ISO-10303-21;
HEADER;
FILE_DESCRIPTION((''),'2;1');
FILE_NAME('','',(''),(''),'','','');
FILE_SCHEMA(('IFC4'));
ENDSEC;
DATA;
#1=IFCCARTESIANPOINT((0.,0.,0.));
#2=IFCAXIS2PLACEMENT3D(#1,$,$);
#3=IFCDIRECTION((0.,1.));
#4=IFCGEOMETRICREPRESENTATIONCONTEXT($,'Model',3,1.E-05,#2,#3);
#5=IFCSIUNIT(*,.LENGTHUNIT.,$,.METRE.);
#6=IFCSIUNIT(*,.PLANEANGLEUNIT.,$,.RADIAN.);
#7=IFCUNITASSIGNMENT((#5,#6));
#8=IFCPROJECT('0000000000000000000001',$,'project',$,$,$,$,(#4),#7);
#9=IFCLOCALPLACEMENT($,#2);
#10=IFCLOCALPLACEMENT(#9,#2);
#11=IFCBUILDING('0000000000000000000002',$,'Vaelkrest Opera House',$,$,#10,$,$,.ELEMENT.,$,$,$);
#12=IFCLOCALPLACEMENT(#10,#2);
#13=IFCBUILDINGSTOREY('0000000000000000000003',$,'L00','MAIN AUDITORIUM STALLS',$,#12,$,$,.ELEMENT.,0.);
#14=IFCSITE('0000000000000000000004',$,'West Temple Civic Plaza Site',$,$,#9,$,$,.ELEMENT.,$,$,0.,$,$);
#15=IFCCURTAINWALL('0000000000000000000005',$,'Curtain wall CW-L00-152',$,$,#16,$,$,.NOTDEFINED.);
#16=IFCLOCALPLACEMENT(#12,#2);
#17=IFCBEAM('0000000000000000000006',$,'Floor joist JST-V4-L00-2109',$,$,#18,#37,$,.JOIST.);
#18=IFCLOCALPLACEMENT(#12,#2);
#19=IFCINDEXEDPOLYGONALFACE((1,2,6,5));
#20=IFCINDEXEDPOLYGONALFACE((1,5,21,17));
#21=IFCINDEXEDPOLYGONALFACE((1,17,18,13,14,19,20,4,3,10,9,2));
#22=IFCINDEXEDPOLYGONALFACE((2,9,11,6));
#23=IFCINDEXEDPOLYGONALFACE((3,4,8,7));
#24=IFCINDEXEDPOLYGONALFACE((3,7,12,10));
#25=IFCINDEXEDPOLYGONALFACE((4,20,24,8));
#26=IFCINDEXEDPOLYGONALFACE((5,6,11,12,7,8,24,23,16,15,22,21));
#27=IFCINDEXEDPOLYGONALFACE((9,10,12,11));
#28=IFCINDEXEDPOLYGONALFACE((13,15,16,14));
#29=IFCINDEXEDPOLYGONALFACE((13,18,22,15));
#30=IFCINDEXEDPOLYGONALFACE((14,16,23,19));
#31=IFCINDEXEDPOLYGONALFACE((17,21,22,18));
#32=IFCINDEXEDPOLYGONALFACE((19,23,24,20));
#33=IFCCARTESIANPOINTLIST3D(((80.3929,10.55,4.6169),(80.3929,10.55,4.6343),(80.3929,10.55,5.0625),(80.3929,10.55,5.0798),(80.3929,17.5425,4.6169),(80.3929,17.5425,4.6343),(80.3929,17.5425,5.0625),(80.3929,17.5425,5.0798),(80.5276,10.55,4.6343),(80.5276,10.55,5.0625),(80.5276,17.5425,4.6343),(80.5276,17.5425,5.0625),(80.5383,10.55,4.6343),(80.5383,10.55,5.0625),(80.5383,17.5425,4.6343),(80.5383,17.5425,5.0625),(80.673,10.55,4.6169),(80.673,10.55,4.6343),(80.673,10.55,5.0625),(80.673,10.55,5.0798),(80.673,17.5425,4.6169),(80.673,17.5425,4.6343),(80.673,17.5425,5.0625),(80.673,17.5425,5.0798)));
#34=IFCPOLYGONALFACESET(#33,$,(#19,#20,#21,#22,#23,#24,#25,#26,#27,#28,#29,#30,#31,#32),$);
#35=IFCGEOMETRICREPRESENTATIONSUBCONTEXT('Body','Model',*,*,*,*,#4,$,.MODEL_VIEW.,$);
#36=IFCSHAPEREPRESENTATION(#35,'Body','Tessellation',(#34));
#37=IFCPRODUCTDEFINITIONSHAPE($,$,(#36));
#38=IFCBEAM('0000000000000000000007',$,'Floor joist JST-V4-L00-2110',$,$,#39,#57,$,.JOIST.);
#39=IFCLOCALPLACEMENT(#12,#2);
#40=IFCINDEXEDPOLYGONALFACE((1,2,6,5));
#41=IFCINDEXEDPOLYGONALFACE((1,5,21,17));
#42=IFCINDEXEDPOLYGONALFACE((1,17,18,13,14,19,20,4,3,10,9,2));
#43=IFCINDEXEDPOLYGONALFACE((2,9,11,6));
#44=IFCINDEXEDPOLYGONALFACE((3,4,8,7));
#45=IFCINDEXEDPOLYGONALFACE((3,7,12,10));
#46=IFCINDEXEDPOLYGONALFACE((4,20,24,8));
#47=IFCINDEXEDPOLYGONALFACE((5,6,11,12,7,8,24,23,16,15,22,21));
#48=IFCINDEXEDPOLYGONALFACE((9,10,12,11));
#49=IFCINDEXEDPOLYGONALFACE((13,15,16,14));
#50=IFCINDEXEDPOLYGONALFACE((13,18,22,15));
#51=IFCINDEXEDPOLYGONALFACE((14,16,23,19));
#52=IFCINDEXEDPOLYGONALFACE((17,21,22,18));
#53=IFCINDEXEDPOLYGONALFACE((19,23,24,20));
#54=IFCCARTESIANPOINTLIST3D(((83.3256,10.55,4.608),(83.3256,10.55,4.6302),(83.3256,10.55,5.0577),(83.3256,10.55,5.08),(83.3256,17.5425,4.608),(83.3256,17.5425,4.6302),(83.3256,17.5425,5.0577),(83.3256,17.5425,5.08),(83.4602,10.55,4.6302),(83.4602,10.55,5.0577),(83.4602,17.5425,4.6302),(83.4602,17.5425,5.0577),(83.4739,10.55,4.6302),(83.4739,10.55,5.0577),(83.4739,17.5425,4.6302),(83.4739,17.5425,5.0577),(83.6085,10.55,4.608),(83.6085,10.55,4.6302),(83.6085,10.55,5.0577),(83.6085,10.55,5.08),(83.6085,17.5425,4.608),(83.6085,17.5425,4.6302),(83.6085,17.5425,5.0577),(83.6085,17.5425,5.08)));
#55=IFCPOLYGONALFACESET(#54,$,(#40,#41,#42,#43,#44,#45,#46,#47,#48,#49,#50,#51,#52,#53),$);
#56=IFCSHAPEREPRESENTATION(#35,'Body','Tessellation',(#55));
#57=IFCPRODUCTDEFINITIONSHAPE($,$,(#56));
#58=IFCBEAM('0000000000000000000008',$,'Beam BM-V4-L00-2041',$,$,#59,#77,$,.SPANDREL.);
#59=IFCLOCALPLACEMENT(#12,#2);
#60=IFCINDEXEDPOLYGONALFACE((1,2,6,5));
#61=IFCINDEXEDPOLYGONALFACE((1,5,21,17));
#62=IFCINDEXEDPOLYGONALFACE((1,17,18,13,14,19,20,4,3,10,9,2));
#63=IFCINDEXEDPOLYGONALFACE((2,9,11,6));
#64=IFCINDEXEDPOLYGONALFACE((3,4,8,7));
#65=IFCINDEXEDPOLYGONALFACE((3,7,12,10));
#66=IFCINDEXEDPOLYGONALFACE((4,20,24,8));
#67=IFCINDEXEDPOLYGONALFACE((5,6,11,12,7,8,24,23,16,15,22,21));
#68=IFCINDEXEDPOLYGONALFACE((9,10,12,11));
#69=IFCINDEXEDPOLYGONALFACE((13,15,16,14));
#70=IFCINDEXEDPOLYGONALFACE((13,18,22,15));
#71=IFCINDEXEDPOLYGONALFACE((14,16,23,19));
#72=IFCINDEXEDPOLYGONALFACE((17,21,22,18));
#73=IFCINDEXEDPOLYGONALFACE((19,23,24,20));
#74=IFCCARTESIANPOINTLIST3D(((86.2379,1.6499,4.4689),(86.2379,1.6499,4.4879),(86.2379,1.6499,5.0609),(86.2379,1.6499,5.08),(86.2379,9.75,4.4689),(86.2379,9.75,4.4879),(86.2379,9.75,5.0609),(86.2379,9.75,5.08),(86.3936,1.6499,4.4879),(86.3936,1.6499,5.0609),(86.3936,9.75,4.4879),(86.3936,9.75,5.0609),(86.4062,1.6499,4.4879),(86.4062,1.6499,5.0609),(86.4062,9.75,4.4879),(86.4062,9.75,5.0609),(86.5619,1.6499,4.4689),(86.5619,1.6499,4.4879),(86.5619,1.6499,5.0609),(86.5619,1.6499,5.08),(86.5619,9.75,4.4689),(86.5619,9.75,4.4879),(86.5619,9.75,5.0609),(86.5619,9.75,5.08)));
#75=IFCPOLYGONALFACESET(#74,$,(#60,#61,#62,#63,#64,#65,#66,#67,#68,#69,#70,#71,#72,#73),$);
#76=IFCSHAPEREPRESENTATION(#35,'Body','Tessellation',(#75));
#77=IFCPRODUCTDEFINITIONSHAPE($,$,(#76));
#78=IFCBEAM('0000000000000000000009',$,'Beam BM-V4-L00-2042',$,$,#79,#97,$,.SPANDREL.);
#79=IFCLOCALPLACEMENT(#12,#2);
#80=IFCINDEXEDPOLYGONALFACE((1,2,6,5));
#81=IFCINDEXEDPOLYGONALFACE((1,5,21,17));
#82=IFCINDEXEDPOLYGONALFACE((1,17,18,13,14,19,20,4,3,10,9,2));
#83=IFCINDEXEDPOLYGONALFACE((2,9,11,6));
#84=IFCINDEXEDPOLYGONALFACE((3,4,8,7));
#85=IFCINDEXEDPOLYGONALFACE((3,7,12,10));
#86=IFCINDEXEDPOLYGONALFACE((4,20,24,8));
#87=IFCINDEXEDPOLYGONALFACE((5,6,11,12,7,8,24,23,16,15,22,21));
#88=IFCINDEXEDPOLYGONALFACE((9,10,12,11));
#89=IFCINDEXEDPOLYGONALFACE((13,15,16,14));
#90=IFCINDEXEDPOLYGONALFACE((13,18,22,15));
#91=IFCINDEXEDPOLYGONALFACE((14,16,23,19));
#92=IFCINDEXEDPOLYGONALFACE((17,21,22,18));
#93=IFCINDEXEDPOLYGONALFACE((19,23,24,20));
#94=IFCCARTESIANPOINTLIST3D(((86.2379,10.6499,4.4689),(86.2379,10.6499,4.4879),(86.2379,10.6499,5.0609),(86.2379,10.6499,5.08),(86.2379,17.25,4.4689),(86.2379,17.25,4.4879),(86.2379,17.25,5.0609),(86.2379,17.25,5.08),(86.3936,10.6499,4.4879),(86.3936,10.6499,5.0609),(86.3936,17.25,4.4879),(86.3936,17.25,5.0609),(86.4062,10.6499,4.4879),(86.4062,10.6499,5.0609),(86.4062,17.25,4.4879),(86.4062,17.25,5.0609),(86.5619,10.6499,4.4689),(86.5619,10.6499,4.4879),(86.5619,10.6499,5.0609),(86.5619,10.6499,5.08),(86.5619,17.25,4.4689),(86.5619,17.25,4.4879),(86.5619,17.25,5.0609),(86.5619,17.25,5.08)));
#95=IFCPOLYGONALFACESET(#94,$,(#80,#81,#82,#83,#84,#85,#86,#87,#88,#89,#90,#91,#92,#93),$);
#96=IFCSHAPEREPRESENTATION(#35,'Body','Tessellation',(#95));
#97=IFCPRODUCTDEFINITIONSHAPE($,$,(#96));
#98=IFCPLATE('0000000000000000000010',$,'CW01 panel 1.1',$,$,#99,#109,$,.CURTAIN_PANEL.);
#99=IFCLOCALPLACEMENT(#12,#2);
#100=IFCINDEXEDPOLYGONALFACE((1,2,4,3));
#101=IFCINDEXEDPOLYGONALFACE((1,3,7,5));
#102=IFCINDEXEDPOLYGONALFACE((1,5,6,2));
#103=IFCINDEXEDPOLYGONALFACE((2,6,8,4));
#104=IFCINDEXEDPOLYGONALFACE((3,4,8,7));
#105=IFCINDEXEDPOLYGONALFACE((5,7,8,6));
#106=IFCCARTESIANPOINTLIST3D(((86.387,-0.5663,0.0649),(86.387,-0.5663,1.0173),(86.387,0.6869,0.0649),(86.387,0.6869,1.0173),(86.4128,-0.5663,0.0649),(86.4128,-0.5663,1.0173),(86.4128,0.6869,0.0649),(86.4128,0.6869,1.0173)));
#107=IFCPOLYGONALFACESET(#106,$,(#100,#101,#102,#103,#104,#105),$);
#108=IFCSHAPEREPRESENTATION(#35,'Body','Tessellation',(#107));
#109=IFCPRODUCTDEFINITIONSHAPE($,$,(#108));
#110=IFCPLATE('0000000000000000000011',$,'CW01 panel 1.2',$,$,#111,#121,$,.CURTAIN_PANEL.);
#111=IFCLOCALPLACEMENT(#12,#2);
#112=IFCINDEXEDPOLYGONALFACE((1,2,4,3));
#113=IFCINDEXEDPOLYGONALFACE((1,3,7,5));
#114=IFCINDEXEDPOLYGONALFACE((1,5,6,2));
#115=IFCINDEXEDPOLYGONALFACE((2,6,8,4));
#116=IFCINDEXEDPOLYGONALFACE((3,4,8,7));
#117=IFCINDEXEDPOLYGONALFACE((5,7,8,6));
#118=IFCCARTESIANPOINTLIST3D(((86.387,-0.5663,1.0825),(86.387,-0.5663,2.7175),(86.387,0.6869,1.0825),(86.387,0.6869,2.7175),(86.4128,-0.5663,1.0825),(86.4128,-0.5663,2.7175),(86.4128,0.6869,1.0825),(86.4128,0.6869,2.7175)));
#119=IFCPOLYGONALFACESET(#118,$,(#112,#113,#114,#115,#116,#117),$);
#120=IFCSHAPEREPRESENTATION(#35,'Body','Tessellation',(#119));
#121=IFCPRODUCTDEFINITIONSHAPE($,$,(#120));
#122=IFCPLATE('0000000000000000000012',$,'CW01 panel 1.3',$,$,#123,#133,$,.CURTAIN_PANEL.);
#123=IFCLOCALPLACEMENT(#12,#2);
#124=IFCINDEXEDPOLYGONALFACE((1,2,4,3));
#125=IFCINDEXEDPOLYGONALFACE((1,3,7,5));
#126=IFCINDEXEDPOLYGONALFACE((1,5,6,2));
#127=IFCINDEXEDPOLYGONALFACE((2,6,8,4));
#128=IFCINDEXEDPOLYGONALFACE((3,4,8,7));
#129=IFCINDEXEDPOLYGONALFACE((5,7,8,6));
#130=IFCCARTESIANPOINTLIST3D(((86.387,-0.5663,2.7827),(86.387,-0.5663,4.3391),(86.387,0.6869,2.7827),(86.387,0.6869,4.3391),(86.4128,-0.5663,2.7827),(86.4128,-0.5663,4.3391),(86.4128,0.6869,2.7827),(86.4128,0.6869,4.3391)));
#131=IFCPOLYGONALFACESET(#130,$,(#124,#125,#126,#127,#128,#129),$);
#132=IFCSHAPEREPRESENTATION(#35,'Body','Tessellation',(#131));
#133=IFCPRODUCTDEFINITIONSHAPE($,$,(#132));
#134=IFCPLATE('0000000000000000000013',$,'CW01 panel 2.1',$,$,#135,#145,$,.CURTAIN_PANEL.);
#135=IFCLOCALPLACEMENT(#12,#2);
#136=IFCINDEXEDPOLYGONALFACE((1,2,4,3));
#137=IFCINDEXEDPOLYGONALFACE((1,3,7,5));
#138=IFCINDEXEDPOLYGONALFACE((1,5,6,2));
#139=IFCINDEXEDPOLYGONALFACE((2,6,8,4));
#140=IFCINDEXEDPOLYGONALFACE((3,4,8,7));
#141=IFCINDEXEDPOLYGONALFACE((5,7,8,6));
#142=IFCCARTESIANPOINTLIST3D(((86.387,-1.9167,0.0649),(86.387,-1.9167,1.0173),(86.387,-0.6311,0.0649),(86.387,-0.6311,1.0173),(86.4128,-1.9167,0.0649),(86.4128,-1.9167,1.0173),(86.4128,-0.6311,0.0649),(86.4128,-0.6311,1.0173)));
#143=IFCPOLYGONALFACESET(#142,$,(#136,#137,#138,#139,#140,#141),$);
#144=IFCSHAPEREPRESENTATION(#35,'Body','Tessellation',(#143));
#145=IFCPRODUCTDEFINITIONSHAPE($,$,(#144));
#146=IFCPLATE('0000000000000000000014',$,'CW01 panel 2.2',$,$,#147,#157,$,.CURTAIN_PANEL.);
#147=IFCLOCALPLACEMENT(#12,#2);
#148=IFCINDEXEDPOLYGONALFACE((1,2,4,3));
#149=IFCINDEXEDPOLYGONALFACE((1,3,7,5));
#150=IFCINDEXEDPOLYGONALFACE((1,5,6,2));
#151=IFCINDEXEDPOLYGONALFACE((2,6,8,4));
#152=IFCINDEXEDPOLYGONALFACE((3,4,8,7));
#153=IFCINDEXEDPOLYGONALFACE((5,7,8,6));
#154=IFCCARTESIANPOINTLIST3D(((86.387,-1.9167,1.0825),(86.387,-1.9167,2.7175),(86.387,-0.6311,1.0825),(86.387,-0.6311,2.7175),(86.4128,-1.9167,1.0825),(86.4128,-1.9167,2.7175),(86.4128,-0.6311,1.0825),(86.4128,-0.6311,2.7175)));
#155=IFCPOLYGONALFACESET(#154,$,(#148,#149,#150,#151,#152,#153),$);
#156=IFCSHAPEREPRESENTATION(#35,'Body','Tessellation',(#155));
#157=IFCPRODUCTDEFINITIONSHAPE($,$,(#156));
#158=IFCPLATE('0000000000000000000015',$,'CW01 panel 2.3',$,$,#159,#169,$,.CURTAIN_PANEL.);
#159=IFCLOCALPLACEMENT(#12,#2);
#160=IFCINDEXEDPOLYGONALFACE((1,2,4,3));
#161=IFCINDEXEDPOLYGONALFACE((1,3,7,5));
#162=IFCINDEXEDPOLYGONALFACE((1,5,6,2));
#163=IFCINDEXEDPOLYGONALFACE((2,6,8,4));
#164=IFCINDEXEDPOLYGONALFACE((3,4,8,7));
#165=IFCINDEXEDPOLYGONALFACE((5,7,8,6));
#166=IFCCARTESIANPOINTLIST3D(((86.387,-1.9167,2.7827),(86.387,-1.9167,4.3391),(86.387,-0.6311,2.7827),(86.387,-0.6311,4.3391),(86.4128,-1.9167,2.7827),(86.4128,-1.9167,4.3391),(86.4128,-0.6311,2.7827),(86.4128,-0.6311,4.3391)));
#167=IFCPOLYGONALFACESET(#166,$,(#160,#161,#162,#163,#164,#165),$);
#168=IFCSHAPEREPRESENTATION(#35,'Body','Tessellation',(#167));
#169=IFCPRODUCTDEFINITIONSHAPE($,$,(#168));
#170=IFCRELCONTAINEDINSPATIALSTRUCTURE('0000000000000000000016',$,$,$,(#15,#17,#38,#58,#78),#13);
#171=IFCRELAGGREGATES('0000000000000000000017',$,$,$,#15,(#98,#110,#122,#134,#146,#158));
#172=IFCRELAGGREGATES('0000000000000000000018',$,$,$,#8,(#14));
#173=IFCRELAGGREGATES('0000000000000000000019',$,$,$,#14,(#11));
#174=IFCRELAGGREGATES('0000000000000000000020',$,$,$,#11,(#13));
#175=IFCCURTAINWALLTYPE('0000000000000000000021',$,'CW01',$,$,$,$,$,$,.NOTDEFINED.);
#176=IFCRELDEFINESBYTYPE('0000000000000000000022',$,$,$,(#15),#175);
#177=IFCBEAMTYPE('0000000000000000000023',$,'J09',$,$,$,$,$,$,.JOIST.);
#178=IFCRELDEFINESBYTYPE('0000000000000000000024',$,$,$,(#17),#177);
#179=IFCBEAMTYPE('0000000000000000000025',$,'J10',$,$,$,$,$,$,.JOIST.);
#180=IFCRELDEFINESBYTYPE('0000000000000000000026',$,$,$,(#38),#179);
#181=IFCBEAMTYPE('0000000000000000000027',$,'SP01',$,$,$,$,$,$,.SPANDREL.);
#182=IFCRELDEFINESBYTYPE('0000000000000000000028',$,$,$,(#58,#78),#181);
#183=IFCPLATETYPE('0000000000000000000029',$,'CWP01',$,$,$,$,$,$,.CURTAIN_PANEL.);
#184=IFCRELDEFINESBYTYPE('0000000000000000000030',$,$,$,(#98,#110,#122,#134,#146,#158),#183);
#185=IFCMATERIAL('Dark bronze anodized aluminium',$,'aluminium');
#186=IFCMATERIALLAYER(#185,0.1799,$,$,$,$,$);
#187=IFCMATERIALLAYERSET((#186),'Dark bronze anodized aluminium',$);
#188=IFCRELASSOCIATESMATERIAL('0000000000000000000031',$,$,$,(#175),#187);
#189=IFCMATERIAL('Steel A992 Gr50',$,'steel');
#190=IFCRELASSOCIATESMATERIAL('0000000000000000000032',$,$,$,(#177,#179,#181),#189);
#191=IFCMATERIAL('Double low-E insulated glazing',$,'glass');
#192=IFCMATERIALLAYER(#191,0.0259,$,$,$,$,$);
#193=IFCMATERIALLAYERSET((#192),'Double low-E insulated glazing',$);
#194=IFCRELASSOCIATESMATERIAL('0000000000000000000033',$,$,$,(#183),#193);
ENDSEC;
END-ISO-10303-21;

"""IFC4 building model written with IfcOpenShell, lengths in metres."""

from ifc_helpers import new_model, si_unit, direction, frame, origin, origin_2d, place, context, subcontext, project, spatial, rectangle, i_section, extrude, material, layer, layer_set, material_profile, profile_set, type_object, element, aggregate, save


model = new_model("IFC4")

# Units and contexts
model_context = context("Model", 3, precision=1e-05, world=origin(), true_north=direction((0.0, 1.0)))
body_context = subcontext(model_context, "Body", "Model", "MODEL_VIEW")
ifc_project = project(units=[si_unit("LENGTHUNIT", "METRE"), si_unit("PLANEANGLEUNIT", "RADIAN")], contexts=[model_context])

# Site, building, storey
site_placement = place(None, origin())
site = spatial("IfcSite", under=ifc_project, at=site_placement, Name="West Temple Civic Plaza Site", CompositionType="ELEMENT", RefElevation=0.0)
building_placement = place(site_placement, origin())
building = spatial("IfcBuilding", under=site, at=building_placement, Name="Vaelkrest Opera House", CompositionType="ELEMENT")
storey_placement = place(building_placement, origin())
storey = spatial("IfcBuildingStorey", under=building, at=storey_placement, Name="L00", Description="MAIN AUDITORIUM STALLS", CompositionType="ELEMENT", Elevation=0.0)

# Shared definitions
ifc_material_1 = material(Name="Steel A992 Gr50", Category="steel")

# Curtain wall
ifc_material_2 = material(Name="Dark bronze anodized aluminium", Category="aluminium")
ifc_layer_1 = layer(ifc_material_2, 0.1799)
ifc_layer_set_1 = layer_set([ifc_layer_1], Name="Dark bronze anodized aluminium")
curtain_wall_type = type_object("IfcCurtainWallType", Name="CW01", PredefinedType="NOTDEFINED", material=ifc_layer_set_1)
curtain_wall_placement = place(storey_placement, origin())
curtain_wall = element("IfcCurtainWall", 1, at=curtain_wall_placement, inside=storey, type_object=curtain_wall_type, Name="Curtain wall CW-L00-152", PredefinedType="NOTDEFINED")

# Beams
ifc_material_profile_1 = material_profile(ifc_material_1, i_section(OverallWidth=0.28, OverallDepth=0.4629, WebThickness=0.0107, FlangeThickness=0.0173, at=origin_2d()), Name="W18X76")
ifc_profile_set_1 = profile_set([ifc_material_profile_1], Name="Steel A992 Gr50")
beam_type_1 = type_object("IfcBeamType", Name="J09", PredefinedType="JOIST", material=ifc_profile_set_1)
beam_1_placement = place(storey_placement, frame((80.533, 10.55, 4.8484), z_axis=(0.0, 1.0, 0.0), x_axis=(-1.0, 0.0, 0.0)))
element("IfcBeam", 2, at=beam_1_placement, inside=storey, type_object=beam_type_1, Name="Floor joist JST-V4-L00-2109", PredefinedType="JOIST", context=body_context, shape_type="SweptSolid", body=[
    extrude(i_section(OverallWidth=0.28, OverallDepth=0.4629, WebThickness=0.0107, FlangeThickness=0.0173, at=origin_2d()), origin(), (0.0, 0.0, 1.0), 6.9924),
])
ifc_material_profile_2 = material_profile(ifc_material_1, i_section(OverallWidth=0.283, OverallDepth=0.4719, WebThickness=0.0137, FlangeThickness=0.0222, at=origin_2d()), Name="W18X97")
ifc_profile_set_2 = profile_set([ifc_material_profile_2], Name="Steel A992 Gr50")
beam_type_2 = type_object("IfcBeamType", Name="J10", PredefinedType="JOIST", material=ifc_profile_set_2)
beam_2_placement = place(storey_placement, frame((83.467, 10.55, 4.844), z_axis=(0.0, 1.0, 0.0), x_axis=(-1.0, 0.0, 0.0)))
element("IfcBeam", 3, at=beam_2_placement, inside=storey, type_object=beam_type_2, Name="Floor joist JST-V4-L00-2110", PredefinedType="JOIST", context=body_context, shape_type="SweptSolid", body=[
    extrude(i_section(OverallWidth=0.283, OverallDepth=0.4719, WebThickness=0.0137, FlangeThickness=0.0222, at=origin_2d()), origin(), (0.0, 0.0, 1.0), 6.9924),
])
ifc_material_profile_3 = material_profile(ifc_material_1, i_section(OverallWidth=0.324, OverallDepth=0.6111, WebThickness=0.0127, FlangeThickness=0.019, at=origin_2d()), Name="W24X104")
ifc_profile_set_3 = profile_set([ifc_material_profile_3], Name="Steel A992 Gr50")
beam_type_3 = type_object("IfcBeamType", Name="SP01", PredefinedType="SPANDREL", material=ifc_profile_set_3)
beam_3_placement = place(storey_placement, frame((86.3999, 1.6499, 4.7744), z_axis=(0.0, 1.0, 0.0), x_axis=(-1.0, 0.0, 0.0)))
element("IfcBeam", 4, at=beam_3_placement, inside=storey, type_object=beam_type_3, Name="Beam BM-V4-L00-2041", PredefinedType="SPANDREL", context=body_context, shape_type="SweptSolid", body=[
    extrude(i_section(OverallWidth=0.324, OverallDepth=0.6111, WebThickness=0.0127, FlangeThickness=0.019, at=origin_2d()), origin(), (0.0, 0.0, 1.0), 8.1001),
])
beam_4_placement = place(storey_placement, frame((86.3999, 10.6499, 4.7744), z_axis=(0.0, 1.0, 0.0), x_axis=(-1.0, 0.0, 0.0)))
element("IfcBeam", 5, at=beam_4_placement, inside=storey, type_object=beam_type_3, Name="Beam BM-V4-L00-2042", PredefinedType="SPANDREL", context=body_context, shape_type="SweptSolid", body=[
    extrude(i_section(OverallWidth=0.324, OverallDepth=0.6111, WebThickness=0.0127, FlangeThickness=0.019, at=origin_2d()), origin(), (0.0, 0.0, 1.0), 6.6001),
])

# Plates
ifc_material_3 = material(Name="Double low-E insulated glazing", Category="glass")
ifc_layer_2 = layer(ifc_material_3, 0.0259)
ifc_layer_set_2 = layer_set([ifc_layer_2], Name="Double low-E insulated glazing")
plate_type = type_object("IfcPlateType", Name="CWP01", PredefinedType="CURTAIN_PANEL", material=ifc_layer_set_2)
plate_1_placement = place(storey_placement, frame((86.3999, 0.0603, 0.0649), z_axis=(0.0, 0.0, 1.0), x_axis=(0.0, -1.0, 0.0)))
plate_1 = element("IfcPlate", 6, at=plate_1_placement, type_object=plate_type, Name="CW01 panel 1.1", PredefinedType="CURTAIN_PANEL", context=body_context, shape_type="SweptSolid", body=[
    extrude(rectangle(XDim=1.2532, YDim=0.0259, at=origin_2d()), origin(), (0.0, 0.0, 1.0), 0.9524),
])
plate_2_placement = place(storey_placement, frame((86.3999, 0.0603, 1.0825), z_axis=(0.0, 0.0, 1.0), x_axis=(0.0, -1.0, 0.0)))
plate_2 = element("IfcPlate", 7, at=plate_2_placement, type_object=plate_type, Name="CW01 panel 1.2", PredefinedType="CURTAIN_PANEL", context=body_context, shape_type="SweptSolid", body=[
    extrude(rectangle(XDim=1.2532, YDim=0.0259, at=origin_2d()), origin(), (0.0, 0.0, 1.0), 1.635),
])
plate_3_placement = place(storey_placement, frame((86.3999, 0.0603, 2.7827), z_axis=(0.0, 0.0, 1.0), x_axis=(0.0, -1.0, 0.0)))
plate_3 = element("IfcPlate", 8, at=plate_3_placement, type_object=plate_type, Name="CW01 panel 1.3", PredefinedType="CURTAIN_PANEL", context=body_context, shape_type="SweptSolid", body=[
    extrude(rectangle(XDim=1.2532, YDim=0.0259, at=origin_2d()), origin(), (0.0, 0.0, 1.0), 1.5564),
])
plate_4_placement = place(storey_placement, frame((86.3999, -1.2739, 0.0649), z_axis=(0.0, 0.0, 1.0), x_axis=(0.0, -1.0, 0.0)))
plate_4 = element("IfcPlate", 9, at=plate_4_placement, type_object=plate_type, Name="CW01 panel 2.1", PredefinedType="CURTAIN_PANEL", context=body_context, shape_type="SweptSolid", body=[
    extrude(rectangle(XDim=1.2856, YDim=0.0259, at=origin_2d()), origin(), (0.0, 0.0, 1.0), 0.9524),
])
plate_5_placement = place(storey_placement, frame((86.3999, -1.2739, 1.0825), z_axis=(0.0, 0.0, 1.0), x_axis=(0.0, -1.0, 0.0)))
plate_5 = element("IfcPlate", 10, at=plate_5_placement, type_object=plate_type, Name="CW01 panel 2.2", PredefinedType="CURTAIN_PANEL", context=body_context, shape_type="SweptSolid", body=[
    extrude(rectangle(XDim=1.2856, YDim=0.0259, at=origin_2d()), origin(), (0.0, 0.0, 1.0), 1.635),
])
plate_6_placement = place(storey_placement, frame((86.3999, -1.2739, 2.7827), z_axis=(0.0, 0.0, 1.0), x_axis=(0.0, -1.0, 0.0)))
plate_6 = element("IfcPlate", 11, at=plate_6_placement, type_object=plate_type, Name="CW01 panel 2.3", PredefinedType="CURTAIN_PANEL", context=body_context, shape_type="SweptSolid", body=[
    extrude(rectangle(XDim=1.2856, YDim=0.0259, at=origin_2d()), origin(), (0.0, 0.0, 1.0), 1.5564),
])
aggregate(curtain_wall, [plate_1, plate_2, plate_3, plate_4, plate_5, plate_6])

save(model, "model.ifc")
